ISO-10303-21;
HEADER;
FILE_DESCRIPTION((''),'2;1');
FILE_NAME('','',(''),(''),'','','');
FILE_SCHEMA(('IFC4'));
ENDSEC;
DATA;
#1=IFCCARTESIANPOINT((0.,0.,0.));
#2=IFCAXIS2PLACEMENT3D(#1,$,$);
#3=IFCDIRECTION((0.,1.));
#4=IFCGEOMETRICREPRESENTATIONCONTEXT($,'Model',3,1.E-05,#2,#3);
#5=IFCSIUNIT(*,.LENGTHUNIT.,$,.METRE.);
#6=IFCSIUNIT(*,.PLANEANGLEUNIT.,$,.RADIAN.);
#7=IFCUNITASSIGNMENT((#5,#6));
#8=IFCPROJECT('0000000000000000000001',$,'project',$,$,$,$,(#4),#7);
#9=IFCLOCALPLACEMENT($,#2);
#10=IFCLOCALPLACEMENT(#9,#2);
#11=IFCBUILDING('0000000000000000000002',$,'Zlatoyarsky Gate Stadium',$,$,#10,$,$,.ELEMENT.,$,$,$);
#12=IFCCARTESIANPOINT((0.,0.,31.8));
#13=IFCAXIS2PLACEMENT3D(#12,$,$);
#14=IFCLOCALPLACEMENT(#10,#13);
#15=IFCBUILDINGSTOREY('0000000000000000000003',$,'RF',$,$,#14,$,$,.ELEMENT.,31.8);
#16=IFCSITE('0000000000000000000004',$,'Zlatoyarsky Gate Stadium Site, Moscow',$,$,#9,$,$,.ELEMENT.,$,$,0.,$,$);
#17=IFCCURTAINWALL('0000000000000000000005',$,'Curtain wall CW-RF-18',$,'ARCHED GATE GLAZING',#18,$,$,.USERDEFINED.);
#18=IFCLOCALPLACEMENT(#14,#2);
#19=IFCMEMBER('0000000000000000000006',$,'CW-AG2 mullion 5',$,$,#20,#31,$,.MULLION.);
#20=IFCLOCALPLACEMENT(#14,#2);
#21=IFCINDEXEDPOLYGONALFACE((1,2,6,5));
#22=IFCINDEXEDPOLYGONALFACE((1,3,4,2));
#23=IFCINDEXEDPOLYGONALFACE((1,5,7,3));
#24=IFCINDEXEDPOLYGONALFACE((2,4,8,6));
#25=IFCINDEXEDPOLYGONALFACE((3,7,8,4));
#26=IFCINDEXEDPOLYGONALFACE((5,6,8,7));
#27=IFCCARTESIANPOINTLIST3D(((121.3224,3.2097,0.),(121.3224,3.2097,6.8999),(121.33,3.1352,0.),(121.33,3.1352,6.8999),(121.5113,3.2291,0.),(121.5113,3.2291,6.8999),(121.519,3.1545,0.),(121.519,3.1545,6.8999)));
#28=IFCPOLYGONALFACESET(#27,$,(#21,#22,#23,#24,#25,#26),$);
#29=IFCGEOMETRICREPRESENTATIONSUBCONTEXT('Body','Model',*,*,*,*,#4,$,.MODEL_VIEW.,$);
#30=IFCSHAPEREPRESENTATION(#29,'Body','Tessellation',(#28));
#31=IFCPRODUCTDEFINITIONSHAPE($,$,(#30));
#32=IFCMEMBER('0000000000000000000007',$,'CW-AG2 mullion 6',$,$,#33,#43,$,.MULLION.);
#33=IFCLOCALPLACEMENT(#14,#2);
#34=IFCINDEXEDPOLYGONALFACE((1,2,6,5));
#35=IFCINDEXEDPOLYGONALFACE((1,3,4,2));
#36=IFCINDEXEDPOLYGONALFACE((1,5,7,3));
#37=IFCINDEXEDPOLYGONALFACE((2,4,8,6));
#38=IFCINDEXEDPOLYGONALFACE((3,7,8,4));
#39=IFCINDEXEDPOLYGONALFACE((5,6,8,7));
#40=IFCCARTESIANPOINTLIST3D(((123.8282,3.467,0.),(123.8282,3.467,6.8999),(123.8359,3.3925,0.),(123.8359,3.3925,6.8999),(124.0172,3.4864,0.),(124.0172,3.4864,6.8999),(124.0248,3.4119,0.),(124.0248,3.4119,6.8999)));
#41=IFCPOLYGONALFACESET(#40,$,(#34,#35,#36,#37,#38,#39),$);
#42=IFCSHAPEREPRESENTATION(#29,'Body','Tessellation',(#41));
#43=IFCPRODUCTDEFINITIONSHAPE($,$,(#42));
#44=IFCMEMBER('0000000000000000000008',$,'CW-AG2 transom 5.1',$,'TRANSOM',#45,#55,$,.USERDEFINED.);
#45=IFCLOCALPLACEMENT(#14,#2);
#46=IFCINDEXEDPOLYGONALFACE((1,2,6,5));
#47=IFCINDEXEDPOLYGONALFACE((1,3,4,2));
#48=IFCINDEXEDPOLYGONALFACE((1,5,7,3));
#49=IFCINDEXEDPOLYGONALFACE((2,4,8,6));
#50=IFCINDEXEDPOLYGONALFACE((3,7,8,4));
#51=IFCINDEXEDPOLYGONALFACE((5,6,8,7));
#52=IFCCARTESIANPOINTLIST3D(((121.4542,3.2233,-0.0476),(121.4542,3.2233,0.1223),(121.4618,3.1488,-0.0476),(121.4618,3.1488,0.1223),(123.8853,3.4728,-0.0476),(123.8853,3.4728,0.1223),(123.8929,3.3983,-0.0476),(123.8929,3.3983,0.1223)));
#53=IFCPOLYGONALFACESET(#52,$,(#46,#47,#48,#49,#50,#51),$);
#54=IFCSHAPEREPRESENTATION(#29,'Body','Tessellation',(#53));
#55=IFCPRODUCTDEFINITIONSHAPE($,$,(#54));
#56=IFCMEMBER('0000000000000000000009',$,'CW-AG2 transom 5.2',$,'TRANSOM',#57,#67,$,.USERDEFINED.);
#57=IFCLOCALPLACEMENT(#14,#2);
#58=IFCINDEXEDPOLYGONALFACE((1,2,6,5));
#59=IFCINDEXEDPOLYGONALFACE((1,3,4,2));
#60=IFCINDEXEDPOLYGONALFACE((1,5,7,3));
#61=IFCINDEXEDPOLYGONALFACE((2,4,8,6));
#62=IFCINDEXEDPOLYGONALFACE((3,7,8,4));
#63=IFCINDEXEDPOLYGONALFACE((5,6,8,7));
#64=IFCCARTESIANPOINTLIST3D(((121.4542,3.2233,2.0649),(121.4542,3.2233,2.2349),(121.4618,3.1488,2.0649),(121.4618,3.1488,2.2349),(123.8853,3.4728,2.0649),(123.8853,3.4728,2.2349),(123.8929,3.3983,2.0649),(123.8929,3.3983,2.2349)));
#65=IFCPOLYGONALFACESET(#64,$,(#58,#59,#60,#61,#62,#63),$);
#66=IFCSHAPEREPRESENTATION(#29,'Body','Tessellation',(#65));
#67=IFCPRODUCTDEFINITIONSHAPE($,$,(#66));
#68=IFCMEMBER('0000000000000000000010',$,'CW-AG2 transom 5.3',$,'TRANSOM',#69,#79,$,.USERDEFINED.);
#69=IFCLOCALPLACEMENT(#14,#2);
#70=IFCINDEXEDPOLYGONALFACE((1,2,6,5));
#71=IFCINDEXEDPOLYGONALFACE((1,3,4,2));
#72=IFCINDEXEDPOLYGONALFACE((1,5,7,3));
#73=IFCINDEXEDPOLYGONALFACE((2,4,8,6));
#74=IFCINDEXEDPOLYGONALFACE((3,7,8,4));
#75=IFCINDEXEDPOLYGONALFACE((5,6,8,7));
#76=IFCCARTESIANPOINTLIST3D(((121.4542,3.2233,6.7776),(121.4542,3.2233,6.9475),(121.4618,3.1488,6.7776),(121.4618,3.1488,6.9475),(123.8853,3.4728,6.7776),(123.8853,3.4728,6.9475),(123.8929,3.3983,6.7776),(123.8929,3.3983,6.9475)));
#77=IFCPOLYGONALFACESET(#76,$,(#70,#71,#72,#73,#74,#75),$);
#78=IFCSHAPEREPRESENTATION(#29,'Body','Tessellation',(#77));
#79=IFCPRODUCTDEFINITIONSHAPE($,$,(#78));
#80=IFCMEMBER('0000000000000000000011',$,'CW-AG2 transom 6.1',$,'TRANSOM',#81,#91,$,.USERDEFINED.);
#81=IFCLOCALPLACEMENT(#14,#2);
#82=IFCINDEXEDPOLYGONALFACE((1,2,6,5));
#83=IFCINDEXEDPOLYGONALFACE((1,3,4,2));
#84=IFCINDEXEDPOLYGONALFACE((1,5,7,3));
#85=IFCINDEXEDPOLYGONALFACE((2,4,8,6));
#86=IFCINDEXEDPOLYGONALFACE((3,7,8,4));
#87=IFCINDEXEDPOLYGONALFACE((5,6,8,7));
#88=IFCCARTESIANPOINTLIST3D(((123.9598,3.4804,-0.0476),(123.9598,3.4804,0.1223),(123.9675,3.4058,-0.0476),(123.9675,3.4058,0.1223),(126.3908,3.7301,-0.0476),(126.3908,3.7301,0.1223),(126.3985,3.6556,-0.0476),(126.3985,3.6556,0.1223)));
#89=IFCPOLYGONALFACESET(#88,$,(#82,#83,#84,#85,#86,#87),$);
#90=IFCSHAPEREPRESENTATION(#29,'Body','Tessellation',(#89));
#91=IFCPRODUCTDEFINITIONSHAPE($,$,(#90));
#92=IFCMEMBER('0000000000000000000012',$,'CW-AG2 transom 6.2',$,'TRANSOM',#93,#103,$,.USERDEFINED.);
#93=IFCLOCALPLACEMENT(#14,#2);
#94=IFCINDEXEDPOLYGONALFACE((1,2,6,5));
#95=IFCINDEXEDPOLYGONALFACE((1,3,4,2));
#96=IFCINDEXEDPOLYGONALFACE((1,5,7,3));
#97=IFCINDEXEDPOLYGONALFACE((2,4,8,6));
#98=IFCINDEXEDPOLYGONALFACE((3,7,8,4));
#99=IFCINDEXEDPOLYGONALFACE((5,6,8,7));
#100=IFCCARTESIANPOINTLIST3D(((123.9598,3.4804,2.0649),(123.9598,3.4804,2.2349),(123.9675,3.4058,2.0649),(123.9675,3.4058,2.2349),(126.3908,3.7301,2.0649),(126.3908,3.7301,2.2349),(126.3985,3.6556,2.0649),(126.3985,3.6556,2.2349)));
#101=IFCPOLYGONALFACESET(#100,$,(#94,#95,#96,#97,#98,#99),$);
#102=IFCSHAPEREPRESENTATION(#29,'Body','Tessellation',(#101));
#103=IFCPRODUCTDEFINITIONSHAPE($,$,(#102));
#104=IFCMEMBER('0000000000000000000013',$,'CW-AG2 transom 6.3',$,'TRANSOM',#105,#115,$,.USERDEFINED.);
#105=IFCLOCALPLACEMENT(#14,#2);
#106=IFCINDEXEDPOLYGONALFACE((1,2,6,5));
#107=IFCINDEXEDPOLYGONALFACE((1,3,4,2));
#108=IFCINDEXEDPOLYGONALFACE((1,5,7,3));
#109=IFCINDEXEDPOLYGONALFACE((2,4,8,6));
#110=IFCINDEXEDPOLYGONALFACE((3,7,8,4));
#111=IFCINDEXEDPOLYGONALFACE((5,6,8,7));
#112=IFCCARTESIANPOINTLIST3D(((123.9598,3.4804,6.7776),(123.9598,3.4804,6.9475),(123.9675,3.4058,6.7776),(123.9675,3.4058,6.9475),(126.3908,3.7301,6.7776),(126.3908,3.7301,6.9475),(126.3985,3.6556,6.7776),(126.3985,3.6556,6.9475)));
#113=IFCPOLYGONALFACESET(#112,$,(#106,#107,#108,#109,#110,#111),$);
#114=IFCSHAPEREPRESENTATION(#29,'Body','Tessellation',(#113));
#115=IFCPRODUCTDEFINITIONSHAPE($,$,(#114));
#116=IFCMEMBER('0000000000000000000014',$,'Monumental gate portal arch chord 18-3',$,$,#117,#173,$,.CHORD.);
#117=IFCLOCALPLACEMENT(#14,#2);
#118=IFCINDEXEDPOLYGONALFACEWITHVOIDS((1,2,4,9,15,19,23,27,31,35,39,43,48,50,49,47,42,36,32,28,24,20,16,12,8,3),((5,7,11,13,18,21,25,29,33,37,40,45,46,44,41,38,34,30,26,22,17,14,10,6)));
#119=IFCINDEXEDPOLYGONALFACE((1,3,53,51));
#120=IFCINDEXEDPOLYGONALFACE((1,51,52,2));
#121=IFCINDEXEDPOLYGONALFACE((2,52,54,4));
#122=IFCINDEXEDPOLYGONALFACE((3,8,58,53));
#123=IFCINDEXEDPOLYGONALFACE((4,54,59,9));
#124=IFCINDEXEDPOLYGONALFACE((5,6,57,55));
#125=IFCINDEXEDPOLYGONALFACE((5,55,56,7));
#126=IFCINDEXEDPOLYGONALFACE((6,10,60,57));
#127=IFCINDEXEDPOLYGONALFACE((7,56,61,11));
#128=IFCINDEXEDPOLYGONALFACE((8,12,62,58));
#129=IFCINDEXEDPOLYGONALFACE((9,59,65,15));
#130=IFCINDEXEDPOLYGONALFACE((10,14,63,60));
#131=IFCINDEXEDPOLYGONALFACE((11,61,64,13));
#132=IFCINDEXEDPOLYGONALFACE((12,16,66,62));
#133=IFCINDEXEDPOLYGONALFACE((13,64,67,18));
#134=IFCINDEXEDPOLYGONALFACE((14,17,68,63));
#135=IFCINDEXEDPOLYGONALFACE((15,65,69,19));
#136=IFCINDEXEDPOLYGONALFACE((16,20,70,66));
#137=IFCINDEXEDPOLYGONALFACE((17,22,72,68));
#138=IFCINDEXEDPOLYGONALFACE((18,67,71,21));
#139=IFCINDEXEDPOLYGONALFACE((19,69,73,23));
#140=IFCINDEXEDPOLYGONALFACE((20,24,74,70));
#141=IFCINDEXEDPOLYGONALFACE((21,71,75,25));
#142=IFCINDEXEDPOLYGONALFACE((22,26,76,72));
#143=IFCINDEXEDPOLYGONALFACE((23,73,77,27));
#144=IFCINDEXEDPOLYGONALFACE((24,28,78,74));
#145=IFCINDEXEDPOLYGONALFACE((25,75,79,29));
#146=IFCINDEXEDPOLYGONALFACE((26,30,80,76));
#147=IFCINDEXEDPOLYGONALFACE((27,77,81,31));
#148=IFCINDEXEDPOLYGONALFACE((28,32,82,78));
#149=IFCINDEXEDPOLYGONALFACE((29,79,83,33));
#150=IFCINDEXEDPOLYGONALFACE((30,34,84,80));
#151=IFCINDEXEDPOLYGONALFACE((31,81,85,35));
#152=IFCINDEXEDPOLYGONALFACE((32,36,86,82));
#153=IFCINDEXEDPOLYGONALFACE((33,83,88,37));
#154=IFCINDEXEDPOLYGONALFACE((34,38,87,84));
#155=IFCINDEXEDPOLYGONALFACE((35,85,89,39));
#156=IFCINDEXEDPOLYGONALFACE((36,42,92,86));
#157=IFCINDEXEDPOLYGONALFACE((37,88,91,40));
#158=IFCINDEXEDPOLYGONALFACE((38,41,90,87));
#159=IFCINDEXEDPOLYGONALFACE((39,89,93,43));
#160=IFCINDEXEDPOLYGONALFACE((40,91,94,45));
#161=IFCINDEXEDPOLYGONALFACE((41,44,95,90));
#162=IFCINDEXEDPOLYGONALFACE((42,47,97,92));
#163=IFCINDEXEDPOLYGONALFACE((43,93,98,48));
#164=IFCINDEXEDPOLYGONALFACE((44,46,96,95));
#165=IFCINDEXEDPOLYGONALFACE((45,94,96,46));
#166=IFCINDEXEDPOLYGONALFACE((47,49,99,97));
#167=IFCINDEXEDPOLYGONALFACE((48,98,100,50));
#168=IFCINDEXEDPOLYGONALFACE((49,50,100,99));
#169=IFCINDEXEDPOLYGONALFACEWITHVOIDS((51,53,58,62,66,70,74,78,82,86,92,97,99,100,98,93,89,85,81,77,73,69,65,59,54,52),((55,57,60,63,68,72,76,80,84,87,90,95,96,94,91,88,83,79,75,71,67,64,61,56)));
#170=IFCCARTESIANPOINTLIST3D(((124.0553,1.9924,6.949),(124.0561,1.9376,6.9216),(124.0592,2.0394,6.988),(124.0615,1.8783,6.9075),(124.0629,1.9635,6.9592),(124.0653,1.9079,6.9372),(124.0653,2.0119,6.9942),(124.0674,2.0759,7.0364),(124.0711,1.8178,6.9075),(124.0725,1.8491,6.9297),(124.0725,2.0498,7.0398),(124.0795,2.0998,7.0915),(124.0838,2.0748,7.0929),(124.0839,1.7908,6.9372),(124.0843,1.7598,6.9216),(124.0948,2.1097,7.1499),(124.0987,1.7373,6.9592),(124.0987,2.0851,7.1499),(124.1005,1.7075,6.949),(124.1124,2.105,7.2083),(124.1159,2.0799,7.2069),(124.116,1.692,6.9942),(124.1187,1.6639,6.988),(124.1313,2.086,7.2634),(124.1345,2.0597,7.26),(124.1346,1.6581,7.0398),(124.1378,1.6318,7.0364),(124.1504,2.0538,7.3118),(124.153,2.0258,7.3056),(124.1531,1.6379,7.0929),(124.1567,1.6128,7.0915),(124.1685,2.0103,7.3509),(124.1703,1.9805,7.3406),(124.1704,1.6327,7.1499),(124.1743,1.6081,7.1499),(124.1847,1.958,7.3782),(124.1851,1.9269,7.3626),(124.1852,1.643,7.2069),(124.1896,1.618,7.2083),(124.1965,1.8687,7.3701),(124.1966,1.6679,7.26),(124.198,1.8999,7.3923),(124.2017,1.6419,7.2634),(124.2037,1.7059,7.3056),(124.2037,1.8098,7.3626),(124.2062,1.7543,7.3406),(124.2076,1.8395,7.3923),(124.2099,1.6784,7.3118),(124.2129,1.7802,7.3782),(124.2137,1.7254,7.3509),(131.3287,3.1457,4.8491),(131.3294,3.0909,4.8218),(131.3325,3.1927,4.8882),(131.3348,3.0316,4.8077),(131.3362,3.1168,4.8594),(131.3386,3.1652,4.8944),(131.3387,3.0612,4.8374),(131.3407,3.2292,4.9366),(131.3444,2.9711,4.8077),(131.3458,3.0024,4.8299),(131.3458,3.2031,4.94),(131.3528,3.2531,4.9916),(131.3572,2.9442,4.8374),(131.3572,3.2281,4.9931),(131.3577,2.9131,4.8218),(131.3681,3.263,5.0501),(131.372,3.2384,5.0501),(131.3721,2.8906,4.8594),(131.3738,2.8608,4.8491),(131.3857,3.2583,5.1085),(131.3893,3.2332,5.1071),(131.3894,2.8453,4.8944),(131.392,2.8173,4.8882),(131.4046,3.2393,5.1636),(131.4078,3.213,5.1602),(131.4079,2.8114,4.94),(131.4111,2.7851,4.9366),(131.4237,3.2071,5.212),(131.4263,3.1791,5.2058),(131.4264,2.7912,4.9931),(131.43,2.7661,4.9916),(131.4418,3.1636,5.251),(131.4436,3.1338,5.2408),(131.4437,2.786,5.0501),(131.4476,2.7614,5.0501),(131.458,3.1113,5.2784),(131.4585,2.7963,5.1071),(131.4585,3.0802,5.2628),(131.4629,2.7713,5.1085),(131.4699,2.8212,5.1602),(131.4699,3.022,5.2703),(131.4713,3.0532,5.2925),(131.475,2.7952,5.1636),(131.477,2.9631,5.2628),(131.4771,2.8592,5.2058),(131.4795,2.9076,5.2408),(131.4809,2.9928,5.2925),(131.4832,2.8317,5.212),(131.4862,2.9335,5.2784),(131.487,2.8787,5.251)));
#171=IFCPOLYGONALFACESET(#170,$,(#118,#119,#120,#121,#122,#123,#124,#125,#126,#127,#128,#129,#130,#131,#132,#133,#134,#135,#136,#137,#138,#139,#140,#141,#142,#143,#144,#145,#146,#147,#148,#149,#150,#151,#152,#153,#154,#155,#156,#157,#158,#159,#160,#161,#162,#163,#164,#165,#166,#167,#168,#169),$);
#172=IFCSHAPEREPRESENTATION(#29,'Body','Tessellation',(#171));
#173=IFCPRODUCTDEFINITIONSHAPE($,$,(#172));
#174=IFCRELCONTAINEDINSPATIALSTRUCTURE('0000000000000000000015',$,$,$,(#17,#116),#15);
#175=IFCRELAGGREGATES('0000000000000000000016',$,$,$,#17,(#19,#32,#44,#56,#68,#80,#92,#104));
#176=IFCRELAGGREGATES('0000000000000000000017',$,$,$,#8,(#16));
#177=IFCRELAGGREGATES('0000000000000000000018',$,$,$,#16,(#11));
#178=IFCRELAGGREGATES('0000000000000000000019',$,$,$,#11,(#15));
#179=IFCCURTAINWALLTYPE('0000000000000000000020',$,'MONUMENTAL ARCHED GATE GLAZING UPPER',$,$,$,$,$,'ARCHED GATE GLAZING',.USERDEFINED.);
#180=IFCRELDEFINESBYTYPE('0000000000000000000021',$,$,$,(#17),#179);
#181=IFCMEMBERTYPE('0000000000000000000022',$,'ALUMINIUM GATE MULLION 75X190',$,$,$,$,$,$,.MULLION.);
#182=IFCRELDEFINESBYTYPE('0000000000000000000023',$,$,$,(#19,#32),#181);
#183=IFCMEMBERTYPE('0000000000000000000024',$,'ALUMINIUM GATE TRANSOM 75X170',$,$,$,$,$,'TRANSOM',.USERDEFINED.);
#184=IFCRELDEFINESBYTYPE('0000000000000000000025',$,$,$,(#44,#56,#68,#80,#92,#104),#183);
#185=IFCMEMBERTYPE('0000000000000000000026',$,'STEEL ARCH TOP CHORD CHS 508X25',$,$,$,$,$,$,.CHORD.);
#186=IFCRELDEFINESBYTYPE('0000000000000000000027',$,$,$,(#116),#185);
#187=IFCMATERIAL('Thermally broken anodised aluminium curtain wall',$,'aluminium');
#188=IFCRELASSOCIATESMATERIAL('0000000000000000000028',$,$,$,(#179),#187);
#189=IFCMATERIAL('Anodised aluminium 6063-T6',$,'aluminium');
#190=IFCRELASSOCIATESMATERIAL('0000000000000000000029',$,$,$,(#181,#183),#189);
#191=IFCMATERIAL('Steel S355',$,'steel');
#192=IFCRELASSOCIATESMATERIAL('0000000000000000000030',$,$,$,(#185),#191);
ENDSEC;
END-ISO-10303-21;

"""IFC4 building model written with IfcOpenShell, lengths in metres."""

from ifc_helpers import new_model, si_unit, direction, frame, origin, origin_2d, place, context, subcontext, project, spatial, rectangle, hollow_circle, extrude, material, material_profile, profile_set, type_object, element, aggregate, save


model = new_model("IFC4")

# Units and contexts
model_context = context("Model", 3, precision=1e-05, world=origin(), true_north=direction((0.0, 1.0)))
body_context = subcontext(model_context, "Body", "Model", "MODEL_VIEW")
ifc_project = project(units=[si_unit("LENGTHUNIT", "METRE"), si_unit("PLANEANGLEUNIT", "RADIAN")], contexts=[model_context])

# Site, building, storey
site_placement = place(None, origin())
site = spatial("IfcSite", under=ifc_project, at=site_placement, Name="Zlatoyarsky Gate Stadium Site, Moscow", CompositionType="ELEMENT", RefElevation=0.0)
building_placement = place(site_placement, origin())
building = spatial("IfcBuilding", under=site, at=building_placement, Name="Zlatoyarsky Gate Stadium", CompositionType="ELEMENT")
storey_placement = place(building_placement, frame((0.0, 0.0, 31.8)))
storey = spatial("IfcBuildingStorey", under=building, at=storey_placement, Name="RF", CompositionType="ELEMENT", Elevation=31.8)

# Curtain wall, members
ifc_material_1 = material(Name="Thermally broken anodised aluminium curtain wall", Category="aluminium")
curtain_wall_type = type_object("IfcCurtainWallType", Name="MONUMENTAL ARCHED GATE GLAZING UPPER", ElementType="ARCHED GATE GLAZING", PredefinedType="USERDEFINED", material=ifc_material_1)
curtain_wall_placement = place(storey_placement, origin())
curtain_wall = element("IfcCurtainWall", 1, at=curtain_wall_placement, inside=storey, type_object=curtain_wall_type, Name="Curtain wall CW-RF-18", ObjectType="ARCHED GATE GLAZING", PredefinedType="USERDEFINED")
ifc_material_2 = material(Name="Anodised aluminium 6063-T6", Category="aluminium")
ifc_material_profile_1 = material_profile(ifc_material_2, rectangle(XDim=0.075, YDim=0.1899, at=origin_2d()), Name="ALU 75X190")
ifc_profile_set_1 = profile_set([ifc_material_profile_1], Name="Anodised aluminium 6063-T6")
member_type_1 = type_object("IfcMemberType", Name="ALUMINIUM GATE MULLION 75X190", PredefinedType="MULLION", material=ifc_profile_set_1)
member_1_placement = place(storey_placement, frame((121.4207, 3.1821, 0.0), z_axis=(0.0, 0.0, 1.0), x_axis=(-0.102125, 0.994772, 0.0)))
member_1 = element("IfcMember", 2, at=member_1_placement, type_object=member_type_1, Name="CW-AG2 mullion 5", PredefinedType="MULLION", context=body_context, shape_type="SweptSolid", body=[
    extrude(rectangle(XDim=0.075, YDim=0.1899, at=origin_2d()), origin(), (0.0, 0.0, 1.0), 6.8999),
])
member_2_placement = place(storey_placement, frame((123.9265, 3.4395, 0.0), z_axis=(0.0, 0.0, 1.0), x_axis=(-0.102125, 0.994772, 0.0)))
member_2 = element("IfcMember", 3, at=member_2_placement, type_object=member_type_1, Name="CW-AG2 mullion 6", PredefinedType="MULLION", context=body_context, shape_type="SweptSolid", body=[
    extrude(rectangle(XDim=0.075, YDim=0.1899, at=origin_2d()), origin(), (0.0, 0.0, 1.0), 6.8999),
])
ifc_material_profile_2 = material_profile(ifc_material_2, rectangle(XDim=0.075, YDim=0.1699, at=origin_2d()), Name="ALU 75X170")
ifc_profile_set_2 = profile_set([ifc_material_profile_2], Name="Anodised aluminium 6063-T6")
member_type_2 = type_object("IfcMemberType", Name="ALUMINIUM GATE TRANSOM 75X170", ElementType="TRANSOM", PredefinedType="USERDEFINED", material=ifc_profile_set_2)
member_3_placement = place(storey_placement, frame((121.458, 3.186, 0.0374), z_axis=(0.994775, 0.102095, 0.0), x_axis=(-0.102095, 0.994775, 0.0)))
member_3 = element("IfcMember", 4, at=member_3_placement, type_object=member_type_2, Name="CW-AG2 transom 5.1", ObjectType="TRANSOM", PredefinedType="USERDEFINED", context=body_context, shape_type="SweptSolid", body=[
    extrude(rectangle(XDim=0.075, YDim=0.1699, at=origin_2d()), origin(), (0.0, 0.0, 1.0), 2.4438),
])
member_4_placement = place(storey_placement, frame((121.458, 3.186, 2.1499), z_axis=(0.994775, 0.102095, 0.0), x_axis=(-0.102095, 0.994775, 0.0)))
member_4 = element("IfcMember", 5, at=member_4_placement, type_object=member_type_2, Name="CW-AG2 transom 5.2", ObjectType="TRANSOM", PredefinedType="USERDEFINED", context=body_context, shape_type="SweptSolid", body=[
    extrude(rectangle(XDim=0.075, YDim=0.1699, at=origin_2d()), origin(), (0.0, 0.0, 1.0), 2.4438),
])
member_5_placement = place(storey_placement, frame((121.458, 3.186, 6.8625), z_axis=(0.994775, 0.102095, 0.0), x_axis=(-0.102095, 0.994775, 0.0)))
member_5 = element("IfcMember", 6, at=member_5_placement, type_object=member_type_2, Name="CW-AG2 transom 5.3", ObjectType="TRANSOM", PredefinedType="USERDEFINED", context=body_context, shape_type="SweptSolid", body=[
    extrude(rectangle(XDim=0.075, YDim=0.1699, at=origin_2d()), origin(), (0.0, 0.0, 1.0), 2.4438),
])
member_6_placement = place(storey_placement, frame((123.9636, 3.4431, 0.0374), z_axis=(0.994765, 0.102194, 0.0), x_axis=(-0.102194, 0.994765, 0.0)))
member_6 = element("IfcMember", 7, at=member_6_placement, type_object=member_type_2, Name="CW-AG2 transom 6.1", ObjectType="TRANSOM", PredefinedType="USERDEFINED", context=body_context, shape_type="SweptSolid", body=[
    extrude(rectangle(XDim=0.075, YDim=0.1699, at=origin_2d()), origin(), (0.0, 0.0, 1.0), 2.4438),
])
member_7_placement = place(storey_placement, frame((123.9636, 3.4431, 2.1499), z_axis=(0.994765, 0.102194, 0.0), x_axis=(-0.102194, 0.994765, 0.0)))
member_7 = element("IfcMember", 8, at=member_7_placement, type_object=member_type_2, Name="CW-AG2 transom 6.2", ObjectType="TRANSOM", PredefinedType="USERDEFINED", context=body_context, shape_type="SweptSolid", body=[
    extrude(rectangle(XDim=0.075, YDim=0.1699, at=origin_2d()), origin(), (0.0, 0.0, 1.0), 2.4438),
])
member_8_placement = place(storey_placement, frame((123.9636, 3.4431, 6.8625), z_axis=(0.994765, 0.102194, 0.0), x_axis=(-0.102194, 0.994765, 0.0)))
member_8 = element("IfcMember", 9, at=member_8_placement, type_object=member_type_2, Name="CW-AG2 transom 6.3", ObjectType="TRANSOM", PredefinedType="USERDEFINED", context=body_context, shape_type="SweptSolid", body=[
    extrude(rectangle(XDim=0.075, YDim=0.1699, at=origin_2d()), origin(), (0.0, 0.0, 1.0), 2.4438),
])

# Member
ifc_material_3 = material(Name="Steel S355", Category="steel")
ifc_material_profile_3 = material_profile(ifc_material_3, hollow_circle(Radius=0.2539, WallThickness=0.0249, at=origin_2d()), Name="CHS 508X25")
ifc_profile_set_3 = profile_set([ifc_material_profile_3], Name="Steel S355")
member_type_3 = type_object("IfcMemberType", Name="STEEL ARCH TOP CHORD CHS 508X25", PredefinedType="CHORD", material=ifc_profile_set_3)
member_9_placement = place(storey_placement, frame((124.1345, 1.8589, 7.1499), z_axis=(0.949803, 0.150607, -0.27421), x_axis=(-0.156609, 0.987661, 0.0)))
element("IfcMember", 10, at=member_9_placement, inside=storey, type_object=member_type_3, Name="Monumental gate portal arch chord 18-3", PredefinedType="CHORD", context=body_context, shape_type="SweptSolid", body=[
    extrude(hollow_circle(Radius=0.2539, WallThickness=0.0249, at=origin_2d()), origin(), (0.0, 0.0, 1.0), 7.6577),
])

aggregate(curtain_wall, [member_1, member_2, member_3, member_4, member_5, member_6, member_7, member_8])

save(model, "model.ifc")
